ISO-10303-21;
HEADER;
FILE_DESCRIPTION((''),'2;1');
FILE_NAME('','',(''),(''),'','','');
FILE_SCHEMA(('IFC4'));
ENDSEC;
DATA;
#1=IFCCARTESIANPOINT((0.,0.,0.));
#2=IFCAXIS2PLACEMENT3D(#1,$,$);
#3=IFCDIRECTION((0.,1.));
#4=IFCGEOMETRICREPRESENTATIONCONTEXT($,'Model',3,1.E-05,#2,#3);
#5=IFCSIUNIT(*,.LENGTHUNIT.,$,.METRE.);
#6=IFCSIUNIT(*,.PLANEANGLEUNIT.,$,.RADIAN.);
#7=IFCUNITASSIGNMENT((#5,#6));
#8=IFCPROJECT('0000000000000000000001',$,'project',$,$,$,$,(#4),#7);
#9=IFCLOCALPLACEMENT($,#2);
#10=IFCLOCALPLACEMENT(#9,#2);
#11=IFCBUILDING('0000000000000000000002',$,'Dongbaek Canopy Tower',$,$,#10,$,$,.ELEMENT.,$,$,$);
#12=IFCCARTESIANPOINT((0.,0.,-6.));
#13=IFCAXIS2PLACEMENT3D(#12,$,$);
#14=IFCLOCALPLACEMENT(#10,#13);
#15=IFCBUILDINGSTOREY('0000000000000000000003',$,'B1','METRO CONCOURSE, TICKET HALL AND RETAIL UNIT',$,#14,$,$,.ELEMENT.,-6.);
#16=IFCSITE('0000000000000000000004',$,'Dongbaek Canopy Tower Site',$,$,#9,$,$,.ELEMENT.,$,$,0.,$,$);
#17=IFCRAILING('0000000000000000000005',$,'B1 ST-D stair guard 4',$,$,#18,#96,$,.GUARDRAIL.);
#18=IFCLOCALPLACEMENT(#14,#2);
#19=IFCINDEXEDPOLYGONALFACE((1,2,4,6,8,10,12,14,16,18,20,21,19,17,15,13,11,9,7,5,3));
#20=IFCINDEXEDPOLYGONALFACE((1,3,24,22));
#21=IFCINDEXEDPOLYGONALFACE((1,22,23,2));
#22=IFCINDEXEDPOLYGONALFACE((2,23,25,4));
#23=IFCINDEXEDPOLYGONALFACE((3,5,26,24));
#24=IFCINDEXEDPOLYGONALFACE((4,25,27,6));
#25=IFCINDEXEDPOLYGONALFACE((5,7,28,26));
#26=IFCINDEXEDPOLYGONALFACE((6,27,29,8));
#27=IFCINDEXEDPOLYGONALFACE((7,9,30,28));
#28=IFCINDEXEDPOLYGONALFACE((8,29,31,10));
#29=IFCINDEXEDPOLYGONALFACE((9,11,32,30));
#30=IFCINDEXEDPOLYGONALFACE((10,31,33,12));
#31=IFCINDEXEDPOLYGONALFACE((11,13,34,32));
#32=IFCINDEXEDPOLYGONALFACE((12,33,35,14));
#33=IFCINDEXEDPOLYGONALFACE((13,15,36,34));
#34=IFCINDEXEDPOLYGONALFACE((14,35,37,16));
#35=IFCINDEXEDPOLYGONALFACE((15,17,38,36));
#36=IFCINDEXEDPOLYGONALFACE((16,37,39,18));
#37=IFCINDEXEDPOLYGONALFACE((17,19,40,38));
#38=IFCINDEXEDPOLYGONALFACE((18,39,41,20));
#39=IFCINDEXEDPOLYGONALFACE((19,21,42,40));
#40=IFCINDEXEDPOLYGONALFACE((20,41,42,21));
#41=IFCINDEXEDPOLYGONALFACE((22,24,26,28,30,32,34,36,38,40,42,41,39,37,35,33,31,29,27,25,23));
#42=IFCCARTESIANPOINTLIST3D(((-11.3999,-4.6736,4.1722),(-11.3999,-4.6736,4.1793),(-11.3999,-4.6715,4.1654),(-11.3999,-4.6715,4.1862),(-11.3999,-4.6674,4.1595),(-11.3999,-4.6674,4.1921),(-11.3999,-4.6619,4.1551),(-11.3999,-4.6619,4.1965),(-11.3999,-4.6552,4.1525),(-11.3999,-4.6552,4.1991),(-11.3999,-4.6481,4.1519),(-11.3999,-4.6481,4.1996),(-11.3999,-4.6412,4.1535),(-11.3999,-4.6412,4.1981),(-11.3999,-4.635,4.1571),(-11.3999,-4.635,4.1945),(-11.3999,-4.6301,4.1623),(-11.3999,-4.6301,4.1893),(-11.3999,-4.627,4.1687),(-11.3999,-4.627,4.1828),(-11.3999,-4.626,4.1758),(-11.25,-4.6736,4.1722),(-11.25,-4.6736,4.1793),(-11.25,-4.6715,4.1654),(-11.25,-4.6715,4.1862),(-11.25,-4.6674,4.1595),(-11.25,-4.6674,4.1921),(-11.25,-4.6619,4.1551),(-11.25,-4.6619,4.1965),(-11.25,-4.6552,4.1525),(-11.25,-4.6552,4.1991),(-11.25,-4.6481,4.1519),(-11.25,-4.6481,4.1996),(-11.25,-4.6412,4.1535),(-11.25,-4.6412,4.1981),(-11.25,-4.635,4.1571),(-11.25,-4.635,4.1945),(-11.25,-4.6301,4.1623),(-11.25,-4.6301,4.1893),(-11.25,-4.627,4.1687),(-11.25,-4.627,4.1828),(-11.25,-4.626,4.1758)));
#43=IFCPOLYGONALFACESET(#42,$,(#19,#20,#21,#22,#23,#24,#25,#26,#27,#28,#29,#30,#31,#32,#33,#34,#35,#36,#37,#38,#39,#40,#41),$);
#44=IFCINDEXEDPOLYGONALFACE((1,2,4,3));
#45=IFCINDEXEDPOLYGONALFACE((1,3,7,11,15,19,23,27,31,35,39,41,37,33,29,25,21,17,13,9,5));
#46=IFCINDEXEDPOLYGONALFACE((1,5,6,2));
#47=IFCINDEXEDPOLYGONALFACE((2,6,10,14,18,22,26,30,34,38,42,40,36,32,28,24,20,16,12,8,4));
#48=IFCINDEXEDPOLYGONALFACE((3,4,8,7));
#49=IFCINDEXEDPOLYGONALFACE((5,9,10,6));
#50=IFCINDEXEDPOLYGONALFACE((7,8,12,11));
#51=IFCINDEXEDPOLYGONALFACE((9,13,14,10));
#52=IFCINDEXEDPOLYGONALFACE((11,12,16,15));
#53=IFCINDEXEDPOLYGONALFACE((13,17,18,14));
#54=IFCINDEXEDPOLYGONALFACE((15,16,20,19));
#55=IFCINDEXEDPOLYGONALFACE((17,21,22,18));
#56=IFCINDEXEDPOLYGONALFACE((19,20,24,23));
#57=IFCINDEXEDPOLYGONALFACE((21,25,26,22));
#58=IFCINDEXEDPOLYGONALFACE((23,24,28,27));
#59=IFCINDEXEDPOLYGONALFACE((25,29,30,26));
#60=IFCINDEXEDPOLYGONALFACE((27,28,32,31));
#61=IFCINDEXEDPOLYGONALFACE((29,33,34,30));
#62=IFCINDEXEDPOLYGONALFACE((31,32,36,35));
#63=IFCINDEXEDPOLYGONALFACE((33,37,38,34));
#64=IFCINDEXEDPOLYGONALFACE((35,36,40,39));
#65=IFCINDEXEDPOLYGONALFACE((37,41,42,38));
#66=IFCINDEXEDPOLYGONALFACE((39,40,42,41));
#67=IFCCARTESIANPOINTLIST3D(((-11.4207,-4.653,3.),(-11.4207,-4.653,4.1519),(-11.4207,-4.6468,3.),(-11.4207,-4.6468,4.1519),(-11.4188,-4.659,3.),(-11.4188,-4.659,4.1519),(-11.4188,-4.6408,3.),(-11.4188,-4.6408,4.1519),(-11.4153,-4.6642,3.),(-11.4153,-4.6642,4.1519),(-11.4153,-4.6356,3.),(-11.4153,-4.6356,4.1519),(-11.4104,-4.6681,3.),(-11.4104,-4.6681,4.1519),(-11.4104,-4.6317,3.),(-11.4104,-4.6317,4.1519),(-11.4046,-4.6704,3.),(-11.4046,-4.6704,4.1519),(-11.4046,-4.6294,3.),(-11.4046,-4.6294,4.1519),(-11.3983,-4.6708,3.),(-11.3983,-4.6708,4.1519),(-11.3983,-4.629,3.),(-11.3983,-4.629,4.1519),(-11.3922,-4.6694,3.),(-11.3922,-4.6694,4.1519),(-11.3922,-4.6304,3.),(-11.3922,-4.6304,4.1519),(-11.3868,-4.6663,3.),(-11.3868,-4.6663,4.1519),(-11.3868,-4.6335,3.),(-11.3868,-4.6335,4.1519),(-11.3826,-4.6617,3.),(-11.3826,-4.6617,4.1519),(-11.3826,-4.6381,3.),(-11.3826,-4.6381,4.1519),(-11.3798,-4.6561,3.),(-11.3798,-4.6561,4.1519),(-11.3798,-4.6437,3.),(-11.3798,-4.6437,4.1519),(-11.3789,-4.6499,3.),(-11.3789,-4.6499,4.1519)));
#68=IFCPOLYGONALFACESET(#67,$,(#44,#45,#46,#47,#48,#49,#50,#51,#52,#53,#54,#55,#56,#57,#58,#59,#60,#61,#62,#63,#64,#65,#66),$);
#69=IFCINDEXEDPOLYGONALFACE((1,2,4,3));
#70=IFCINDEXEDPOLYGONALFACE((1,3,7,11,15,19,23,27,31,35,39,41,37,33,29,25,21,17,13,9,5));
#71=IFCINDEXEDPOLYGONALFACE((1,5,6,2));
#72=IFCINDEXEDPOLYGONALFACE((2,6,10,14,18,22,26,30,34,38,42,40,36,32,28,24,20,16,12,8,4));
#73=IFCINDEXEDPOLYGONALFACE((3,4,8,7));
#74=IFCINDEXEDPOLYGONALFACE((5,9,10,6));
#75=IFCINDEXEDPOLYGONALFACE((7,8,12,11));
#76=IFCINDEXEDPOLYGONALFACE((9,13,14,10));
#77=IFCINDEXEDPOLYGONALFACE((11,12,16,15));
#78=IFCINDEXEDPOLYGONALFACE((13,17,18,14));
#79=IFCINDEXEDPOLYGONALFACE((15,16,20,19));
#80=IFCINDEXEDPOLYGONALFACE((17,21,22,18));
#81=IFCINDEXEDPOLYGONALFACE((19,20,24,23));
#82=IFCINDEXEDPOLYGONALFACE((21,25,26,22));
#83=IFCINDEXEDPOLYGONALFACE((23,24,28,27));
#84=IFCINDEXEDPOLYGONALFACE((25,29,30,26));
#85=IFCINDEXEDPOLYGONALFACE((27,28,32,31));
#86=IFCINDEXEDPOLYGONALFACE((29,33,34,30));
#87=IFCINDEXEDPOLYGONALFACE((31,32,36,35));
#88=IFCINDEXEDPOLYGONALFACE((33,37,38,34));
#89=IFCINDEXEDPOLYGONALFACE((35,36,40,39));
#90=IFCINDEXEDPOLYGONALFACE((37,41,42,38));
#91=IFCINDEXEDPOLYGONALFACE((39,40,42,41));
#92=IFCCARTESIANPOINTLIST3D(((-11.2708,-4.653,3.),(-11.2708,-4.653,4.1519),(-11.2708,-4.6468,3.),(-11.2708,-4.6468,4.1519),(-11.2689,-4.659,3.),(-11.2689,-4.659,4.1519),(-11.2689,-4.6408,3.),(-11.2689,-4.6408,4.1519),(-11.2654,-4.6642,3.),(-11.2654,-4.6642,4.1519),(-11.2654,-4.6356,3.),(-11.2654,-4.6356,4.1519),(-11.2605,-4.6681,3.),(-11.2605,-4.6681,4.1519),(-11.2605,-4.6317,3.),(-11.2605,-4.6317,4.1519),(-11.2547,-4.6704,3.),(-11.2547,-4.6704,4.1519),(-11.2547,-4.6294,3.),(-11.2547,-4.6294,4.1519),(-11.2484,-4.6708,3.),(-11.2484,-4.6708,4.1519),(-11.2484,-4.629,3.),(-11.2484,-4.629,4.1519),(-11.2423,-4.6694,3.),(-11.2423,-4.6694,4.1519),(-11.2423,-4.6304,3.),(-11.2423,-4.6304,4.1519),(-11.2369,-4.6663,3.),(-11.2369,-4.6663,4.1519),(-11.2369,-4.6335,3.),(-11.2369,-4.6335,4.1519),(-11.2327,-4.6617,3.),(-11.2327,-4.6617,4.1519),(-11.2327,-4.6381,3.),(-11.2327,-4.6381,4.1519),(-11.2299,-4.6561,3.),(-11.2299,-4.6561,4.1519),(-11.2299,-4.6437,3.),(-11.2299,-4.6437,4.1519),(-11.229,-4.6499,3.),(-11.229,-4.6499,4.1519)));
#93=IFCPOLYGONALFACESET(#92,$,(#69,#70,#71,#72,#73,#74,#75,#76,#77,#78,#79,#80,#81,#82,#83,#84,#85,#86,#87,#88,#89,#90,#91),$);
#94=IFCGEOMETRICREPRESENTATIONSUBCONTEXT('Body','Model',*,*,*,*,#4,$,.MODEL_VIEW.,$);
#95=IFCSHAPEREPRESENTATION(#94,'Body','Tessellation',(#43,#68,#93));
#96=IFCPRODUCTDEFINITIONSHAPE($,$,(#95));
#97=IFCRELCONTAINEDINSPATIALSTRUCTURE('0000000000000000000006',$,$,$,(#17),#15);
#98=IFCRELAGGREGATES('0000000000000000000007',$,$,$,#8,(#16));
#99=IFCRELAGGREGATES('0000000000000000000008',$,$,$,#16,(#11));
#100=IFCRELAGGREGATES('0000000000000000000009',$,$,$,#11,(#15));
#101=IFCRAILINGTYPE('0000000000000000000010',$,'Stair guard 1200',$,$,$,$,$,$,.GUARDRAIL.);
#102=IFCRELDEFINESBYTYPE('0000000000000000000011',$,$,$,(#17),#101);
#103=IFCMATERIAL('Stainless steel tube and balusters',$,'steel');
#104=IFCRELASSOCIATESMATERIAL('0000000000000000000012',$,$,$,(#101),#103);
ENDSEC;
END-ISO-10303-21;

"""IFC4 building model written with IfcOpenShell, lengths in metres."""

from ifc_helpers import new_model, si_unit, direction, frame, origin, origin_2d, place, context, subcontext, project, spatial, circle, extrude, material, type_object, element, save


model = new_model("IFC4")

# Units and contexts
model_context = context("Model", 3, precision=1e-05, world=origin(), true_north=direction((0.0, 1.0)))
body_context = subcontext(model_context, "Body", "Model", "MODEL_VIEW")
ifc_project = project(units=[si_unit("LENGTHUNIT", "METRE"), si_unit("PLANEANGLEUNIT", "RADIAN")], contexts=[model_context])

# Site, building, storey
site_placement = place(None, origin())
site = spatial("IfcSite", under=ifc_project, at=site_placement, Name="Dongbaek Canopy Tower Site", CompositionType="ELEMENT", RefElevation=0.0)
building_placement = place(site_placement, origin())
building = spatial("IfcBuilding", under=site, at=building_placement, Name="Dongbaek Canopy Tower", CompositionType="ELEMENT")
storey_placement = place(building_placement, frame((0.0, 0.0, -6.0)))
storey = spatial("IfcBuildingStorey", under=building, at=storey_placement, Name="B1", Description="METRO CONCOURSE, TICKET HALL AND RETAIL UNIT", CompositionType="ELEMENT", Elevation=-6.0)

# Railing
ifc_material_1 = material(Name="Stainless steel tube and balusters", Category="steel")
railing_type_1 = type_object("IfcRailingType", Name="Stair guard 1200", PredefinedType="GUARDRAIL", material=ifc_material_1)
railing_1_placement = place(storey_placement, frame((-11.3999, -4.6499, 3.0)))
element("IfcRailing", 1, at=railing_1_placement, inside=storey, type_object=railing_type_1, Name="B1 ST-D stair guard 4", PredefinedType="GUARDRAIL", context=body_context, shape_type="SweptSolid", body=[
    extrude(circle(Radius=0.0239, at=origin_2d()), frame((0.0, 0.0, 1.1758), z_axis=(1.0, 0.0, 0.0), x_axis=(0.0, 1.0, 0.0)), (0.0, 0.0, 1.0), 0.1499),
    extrude(circle(Radius=0.021, at=origin_2d()), origin(), (0.0, 0.0, 1.0), 1.1519),
    extrude(circle(Radius=0.021, at=origin_2d()), frame((0.1499, 0.0, 0.0)), (0.0, 0.0, 1.0), 1.1519),
])

save(model, "model.ifc")
